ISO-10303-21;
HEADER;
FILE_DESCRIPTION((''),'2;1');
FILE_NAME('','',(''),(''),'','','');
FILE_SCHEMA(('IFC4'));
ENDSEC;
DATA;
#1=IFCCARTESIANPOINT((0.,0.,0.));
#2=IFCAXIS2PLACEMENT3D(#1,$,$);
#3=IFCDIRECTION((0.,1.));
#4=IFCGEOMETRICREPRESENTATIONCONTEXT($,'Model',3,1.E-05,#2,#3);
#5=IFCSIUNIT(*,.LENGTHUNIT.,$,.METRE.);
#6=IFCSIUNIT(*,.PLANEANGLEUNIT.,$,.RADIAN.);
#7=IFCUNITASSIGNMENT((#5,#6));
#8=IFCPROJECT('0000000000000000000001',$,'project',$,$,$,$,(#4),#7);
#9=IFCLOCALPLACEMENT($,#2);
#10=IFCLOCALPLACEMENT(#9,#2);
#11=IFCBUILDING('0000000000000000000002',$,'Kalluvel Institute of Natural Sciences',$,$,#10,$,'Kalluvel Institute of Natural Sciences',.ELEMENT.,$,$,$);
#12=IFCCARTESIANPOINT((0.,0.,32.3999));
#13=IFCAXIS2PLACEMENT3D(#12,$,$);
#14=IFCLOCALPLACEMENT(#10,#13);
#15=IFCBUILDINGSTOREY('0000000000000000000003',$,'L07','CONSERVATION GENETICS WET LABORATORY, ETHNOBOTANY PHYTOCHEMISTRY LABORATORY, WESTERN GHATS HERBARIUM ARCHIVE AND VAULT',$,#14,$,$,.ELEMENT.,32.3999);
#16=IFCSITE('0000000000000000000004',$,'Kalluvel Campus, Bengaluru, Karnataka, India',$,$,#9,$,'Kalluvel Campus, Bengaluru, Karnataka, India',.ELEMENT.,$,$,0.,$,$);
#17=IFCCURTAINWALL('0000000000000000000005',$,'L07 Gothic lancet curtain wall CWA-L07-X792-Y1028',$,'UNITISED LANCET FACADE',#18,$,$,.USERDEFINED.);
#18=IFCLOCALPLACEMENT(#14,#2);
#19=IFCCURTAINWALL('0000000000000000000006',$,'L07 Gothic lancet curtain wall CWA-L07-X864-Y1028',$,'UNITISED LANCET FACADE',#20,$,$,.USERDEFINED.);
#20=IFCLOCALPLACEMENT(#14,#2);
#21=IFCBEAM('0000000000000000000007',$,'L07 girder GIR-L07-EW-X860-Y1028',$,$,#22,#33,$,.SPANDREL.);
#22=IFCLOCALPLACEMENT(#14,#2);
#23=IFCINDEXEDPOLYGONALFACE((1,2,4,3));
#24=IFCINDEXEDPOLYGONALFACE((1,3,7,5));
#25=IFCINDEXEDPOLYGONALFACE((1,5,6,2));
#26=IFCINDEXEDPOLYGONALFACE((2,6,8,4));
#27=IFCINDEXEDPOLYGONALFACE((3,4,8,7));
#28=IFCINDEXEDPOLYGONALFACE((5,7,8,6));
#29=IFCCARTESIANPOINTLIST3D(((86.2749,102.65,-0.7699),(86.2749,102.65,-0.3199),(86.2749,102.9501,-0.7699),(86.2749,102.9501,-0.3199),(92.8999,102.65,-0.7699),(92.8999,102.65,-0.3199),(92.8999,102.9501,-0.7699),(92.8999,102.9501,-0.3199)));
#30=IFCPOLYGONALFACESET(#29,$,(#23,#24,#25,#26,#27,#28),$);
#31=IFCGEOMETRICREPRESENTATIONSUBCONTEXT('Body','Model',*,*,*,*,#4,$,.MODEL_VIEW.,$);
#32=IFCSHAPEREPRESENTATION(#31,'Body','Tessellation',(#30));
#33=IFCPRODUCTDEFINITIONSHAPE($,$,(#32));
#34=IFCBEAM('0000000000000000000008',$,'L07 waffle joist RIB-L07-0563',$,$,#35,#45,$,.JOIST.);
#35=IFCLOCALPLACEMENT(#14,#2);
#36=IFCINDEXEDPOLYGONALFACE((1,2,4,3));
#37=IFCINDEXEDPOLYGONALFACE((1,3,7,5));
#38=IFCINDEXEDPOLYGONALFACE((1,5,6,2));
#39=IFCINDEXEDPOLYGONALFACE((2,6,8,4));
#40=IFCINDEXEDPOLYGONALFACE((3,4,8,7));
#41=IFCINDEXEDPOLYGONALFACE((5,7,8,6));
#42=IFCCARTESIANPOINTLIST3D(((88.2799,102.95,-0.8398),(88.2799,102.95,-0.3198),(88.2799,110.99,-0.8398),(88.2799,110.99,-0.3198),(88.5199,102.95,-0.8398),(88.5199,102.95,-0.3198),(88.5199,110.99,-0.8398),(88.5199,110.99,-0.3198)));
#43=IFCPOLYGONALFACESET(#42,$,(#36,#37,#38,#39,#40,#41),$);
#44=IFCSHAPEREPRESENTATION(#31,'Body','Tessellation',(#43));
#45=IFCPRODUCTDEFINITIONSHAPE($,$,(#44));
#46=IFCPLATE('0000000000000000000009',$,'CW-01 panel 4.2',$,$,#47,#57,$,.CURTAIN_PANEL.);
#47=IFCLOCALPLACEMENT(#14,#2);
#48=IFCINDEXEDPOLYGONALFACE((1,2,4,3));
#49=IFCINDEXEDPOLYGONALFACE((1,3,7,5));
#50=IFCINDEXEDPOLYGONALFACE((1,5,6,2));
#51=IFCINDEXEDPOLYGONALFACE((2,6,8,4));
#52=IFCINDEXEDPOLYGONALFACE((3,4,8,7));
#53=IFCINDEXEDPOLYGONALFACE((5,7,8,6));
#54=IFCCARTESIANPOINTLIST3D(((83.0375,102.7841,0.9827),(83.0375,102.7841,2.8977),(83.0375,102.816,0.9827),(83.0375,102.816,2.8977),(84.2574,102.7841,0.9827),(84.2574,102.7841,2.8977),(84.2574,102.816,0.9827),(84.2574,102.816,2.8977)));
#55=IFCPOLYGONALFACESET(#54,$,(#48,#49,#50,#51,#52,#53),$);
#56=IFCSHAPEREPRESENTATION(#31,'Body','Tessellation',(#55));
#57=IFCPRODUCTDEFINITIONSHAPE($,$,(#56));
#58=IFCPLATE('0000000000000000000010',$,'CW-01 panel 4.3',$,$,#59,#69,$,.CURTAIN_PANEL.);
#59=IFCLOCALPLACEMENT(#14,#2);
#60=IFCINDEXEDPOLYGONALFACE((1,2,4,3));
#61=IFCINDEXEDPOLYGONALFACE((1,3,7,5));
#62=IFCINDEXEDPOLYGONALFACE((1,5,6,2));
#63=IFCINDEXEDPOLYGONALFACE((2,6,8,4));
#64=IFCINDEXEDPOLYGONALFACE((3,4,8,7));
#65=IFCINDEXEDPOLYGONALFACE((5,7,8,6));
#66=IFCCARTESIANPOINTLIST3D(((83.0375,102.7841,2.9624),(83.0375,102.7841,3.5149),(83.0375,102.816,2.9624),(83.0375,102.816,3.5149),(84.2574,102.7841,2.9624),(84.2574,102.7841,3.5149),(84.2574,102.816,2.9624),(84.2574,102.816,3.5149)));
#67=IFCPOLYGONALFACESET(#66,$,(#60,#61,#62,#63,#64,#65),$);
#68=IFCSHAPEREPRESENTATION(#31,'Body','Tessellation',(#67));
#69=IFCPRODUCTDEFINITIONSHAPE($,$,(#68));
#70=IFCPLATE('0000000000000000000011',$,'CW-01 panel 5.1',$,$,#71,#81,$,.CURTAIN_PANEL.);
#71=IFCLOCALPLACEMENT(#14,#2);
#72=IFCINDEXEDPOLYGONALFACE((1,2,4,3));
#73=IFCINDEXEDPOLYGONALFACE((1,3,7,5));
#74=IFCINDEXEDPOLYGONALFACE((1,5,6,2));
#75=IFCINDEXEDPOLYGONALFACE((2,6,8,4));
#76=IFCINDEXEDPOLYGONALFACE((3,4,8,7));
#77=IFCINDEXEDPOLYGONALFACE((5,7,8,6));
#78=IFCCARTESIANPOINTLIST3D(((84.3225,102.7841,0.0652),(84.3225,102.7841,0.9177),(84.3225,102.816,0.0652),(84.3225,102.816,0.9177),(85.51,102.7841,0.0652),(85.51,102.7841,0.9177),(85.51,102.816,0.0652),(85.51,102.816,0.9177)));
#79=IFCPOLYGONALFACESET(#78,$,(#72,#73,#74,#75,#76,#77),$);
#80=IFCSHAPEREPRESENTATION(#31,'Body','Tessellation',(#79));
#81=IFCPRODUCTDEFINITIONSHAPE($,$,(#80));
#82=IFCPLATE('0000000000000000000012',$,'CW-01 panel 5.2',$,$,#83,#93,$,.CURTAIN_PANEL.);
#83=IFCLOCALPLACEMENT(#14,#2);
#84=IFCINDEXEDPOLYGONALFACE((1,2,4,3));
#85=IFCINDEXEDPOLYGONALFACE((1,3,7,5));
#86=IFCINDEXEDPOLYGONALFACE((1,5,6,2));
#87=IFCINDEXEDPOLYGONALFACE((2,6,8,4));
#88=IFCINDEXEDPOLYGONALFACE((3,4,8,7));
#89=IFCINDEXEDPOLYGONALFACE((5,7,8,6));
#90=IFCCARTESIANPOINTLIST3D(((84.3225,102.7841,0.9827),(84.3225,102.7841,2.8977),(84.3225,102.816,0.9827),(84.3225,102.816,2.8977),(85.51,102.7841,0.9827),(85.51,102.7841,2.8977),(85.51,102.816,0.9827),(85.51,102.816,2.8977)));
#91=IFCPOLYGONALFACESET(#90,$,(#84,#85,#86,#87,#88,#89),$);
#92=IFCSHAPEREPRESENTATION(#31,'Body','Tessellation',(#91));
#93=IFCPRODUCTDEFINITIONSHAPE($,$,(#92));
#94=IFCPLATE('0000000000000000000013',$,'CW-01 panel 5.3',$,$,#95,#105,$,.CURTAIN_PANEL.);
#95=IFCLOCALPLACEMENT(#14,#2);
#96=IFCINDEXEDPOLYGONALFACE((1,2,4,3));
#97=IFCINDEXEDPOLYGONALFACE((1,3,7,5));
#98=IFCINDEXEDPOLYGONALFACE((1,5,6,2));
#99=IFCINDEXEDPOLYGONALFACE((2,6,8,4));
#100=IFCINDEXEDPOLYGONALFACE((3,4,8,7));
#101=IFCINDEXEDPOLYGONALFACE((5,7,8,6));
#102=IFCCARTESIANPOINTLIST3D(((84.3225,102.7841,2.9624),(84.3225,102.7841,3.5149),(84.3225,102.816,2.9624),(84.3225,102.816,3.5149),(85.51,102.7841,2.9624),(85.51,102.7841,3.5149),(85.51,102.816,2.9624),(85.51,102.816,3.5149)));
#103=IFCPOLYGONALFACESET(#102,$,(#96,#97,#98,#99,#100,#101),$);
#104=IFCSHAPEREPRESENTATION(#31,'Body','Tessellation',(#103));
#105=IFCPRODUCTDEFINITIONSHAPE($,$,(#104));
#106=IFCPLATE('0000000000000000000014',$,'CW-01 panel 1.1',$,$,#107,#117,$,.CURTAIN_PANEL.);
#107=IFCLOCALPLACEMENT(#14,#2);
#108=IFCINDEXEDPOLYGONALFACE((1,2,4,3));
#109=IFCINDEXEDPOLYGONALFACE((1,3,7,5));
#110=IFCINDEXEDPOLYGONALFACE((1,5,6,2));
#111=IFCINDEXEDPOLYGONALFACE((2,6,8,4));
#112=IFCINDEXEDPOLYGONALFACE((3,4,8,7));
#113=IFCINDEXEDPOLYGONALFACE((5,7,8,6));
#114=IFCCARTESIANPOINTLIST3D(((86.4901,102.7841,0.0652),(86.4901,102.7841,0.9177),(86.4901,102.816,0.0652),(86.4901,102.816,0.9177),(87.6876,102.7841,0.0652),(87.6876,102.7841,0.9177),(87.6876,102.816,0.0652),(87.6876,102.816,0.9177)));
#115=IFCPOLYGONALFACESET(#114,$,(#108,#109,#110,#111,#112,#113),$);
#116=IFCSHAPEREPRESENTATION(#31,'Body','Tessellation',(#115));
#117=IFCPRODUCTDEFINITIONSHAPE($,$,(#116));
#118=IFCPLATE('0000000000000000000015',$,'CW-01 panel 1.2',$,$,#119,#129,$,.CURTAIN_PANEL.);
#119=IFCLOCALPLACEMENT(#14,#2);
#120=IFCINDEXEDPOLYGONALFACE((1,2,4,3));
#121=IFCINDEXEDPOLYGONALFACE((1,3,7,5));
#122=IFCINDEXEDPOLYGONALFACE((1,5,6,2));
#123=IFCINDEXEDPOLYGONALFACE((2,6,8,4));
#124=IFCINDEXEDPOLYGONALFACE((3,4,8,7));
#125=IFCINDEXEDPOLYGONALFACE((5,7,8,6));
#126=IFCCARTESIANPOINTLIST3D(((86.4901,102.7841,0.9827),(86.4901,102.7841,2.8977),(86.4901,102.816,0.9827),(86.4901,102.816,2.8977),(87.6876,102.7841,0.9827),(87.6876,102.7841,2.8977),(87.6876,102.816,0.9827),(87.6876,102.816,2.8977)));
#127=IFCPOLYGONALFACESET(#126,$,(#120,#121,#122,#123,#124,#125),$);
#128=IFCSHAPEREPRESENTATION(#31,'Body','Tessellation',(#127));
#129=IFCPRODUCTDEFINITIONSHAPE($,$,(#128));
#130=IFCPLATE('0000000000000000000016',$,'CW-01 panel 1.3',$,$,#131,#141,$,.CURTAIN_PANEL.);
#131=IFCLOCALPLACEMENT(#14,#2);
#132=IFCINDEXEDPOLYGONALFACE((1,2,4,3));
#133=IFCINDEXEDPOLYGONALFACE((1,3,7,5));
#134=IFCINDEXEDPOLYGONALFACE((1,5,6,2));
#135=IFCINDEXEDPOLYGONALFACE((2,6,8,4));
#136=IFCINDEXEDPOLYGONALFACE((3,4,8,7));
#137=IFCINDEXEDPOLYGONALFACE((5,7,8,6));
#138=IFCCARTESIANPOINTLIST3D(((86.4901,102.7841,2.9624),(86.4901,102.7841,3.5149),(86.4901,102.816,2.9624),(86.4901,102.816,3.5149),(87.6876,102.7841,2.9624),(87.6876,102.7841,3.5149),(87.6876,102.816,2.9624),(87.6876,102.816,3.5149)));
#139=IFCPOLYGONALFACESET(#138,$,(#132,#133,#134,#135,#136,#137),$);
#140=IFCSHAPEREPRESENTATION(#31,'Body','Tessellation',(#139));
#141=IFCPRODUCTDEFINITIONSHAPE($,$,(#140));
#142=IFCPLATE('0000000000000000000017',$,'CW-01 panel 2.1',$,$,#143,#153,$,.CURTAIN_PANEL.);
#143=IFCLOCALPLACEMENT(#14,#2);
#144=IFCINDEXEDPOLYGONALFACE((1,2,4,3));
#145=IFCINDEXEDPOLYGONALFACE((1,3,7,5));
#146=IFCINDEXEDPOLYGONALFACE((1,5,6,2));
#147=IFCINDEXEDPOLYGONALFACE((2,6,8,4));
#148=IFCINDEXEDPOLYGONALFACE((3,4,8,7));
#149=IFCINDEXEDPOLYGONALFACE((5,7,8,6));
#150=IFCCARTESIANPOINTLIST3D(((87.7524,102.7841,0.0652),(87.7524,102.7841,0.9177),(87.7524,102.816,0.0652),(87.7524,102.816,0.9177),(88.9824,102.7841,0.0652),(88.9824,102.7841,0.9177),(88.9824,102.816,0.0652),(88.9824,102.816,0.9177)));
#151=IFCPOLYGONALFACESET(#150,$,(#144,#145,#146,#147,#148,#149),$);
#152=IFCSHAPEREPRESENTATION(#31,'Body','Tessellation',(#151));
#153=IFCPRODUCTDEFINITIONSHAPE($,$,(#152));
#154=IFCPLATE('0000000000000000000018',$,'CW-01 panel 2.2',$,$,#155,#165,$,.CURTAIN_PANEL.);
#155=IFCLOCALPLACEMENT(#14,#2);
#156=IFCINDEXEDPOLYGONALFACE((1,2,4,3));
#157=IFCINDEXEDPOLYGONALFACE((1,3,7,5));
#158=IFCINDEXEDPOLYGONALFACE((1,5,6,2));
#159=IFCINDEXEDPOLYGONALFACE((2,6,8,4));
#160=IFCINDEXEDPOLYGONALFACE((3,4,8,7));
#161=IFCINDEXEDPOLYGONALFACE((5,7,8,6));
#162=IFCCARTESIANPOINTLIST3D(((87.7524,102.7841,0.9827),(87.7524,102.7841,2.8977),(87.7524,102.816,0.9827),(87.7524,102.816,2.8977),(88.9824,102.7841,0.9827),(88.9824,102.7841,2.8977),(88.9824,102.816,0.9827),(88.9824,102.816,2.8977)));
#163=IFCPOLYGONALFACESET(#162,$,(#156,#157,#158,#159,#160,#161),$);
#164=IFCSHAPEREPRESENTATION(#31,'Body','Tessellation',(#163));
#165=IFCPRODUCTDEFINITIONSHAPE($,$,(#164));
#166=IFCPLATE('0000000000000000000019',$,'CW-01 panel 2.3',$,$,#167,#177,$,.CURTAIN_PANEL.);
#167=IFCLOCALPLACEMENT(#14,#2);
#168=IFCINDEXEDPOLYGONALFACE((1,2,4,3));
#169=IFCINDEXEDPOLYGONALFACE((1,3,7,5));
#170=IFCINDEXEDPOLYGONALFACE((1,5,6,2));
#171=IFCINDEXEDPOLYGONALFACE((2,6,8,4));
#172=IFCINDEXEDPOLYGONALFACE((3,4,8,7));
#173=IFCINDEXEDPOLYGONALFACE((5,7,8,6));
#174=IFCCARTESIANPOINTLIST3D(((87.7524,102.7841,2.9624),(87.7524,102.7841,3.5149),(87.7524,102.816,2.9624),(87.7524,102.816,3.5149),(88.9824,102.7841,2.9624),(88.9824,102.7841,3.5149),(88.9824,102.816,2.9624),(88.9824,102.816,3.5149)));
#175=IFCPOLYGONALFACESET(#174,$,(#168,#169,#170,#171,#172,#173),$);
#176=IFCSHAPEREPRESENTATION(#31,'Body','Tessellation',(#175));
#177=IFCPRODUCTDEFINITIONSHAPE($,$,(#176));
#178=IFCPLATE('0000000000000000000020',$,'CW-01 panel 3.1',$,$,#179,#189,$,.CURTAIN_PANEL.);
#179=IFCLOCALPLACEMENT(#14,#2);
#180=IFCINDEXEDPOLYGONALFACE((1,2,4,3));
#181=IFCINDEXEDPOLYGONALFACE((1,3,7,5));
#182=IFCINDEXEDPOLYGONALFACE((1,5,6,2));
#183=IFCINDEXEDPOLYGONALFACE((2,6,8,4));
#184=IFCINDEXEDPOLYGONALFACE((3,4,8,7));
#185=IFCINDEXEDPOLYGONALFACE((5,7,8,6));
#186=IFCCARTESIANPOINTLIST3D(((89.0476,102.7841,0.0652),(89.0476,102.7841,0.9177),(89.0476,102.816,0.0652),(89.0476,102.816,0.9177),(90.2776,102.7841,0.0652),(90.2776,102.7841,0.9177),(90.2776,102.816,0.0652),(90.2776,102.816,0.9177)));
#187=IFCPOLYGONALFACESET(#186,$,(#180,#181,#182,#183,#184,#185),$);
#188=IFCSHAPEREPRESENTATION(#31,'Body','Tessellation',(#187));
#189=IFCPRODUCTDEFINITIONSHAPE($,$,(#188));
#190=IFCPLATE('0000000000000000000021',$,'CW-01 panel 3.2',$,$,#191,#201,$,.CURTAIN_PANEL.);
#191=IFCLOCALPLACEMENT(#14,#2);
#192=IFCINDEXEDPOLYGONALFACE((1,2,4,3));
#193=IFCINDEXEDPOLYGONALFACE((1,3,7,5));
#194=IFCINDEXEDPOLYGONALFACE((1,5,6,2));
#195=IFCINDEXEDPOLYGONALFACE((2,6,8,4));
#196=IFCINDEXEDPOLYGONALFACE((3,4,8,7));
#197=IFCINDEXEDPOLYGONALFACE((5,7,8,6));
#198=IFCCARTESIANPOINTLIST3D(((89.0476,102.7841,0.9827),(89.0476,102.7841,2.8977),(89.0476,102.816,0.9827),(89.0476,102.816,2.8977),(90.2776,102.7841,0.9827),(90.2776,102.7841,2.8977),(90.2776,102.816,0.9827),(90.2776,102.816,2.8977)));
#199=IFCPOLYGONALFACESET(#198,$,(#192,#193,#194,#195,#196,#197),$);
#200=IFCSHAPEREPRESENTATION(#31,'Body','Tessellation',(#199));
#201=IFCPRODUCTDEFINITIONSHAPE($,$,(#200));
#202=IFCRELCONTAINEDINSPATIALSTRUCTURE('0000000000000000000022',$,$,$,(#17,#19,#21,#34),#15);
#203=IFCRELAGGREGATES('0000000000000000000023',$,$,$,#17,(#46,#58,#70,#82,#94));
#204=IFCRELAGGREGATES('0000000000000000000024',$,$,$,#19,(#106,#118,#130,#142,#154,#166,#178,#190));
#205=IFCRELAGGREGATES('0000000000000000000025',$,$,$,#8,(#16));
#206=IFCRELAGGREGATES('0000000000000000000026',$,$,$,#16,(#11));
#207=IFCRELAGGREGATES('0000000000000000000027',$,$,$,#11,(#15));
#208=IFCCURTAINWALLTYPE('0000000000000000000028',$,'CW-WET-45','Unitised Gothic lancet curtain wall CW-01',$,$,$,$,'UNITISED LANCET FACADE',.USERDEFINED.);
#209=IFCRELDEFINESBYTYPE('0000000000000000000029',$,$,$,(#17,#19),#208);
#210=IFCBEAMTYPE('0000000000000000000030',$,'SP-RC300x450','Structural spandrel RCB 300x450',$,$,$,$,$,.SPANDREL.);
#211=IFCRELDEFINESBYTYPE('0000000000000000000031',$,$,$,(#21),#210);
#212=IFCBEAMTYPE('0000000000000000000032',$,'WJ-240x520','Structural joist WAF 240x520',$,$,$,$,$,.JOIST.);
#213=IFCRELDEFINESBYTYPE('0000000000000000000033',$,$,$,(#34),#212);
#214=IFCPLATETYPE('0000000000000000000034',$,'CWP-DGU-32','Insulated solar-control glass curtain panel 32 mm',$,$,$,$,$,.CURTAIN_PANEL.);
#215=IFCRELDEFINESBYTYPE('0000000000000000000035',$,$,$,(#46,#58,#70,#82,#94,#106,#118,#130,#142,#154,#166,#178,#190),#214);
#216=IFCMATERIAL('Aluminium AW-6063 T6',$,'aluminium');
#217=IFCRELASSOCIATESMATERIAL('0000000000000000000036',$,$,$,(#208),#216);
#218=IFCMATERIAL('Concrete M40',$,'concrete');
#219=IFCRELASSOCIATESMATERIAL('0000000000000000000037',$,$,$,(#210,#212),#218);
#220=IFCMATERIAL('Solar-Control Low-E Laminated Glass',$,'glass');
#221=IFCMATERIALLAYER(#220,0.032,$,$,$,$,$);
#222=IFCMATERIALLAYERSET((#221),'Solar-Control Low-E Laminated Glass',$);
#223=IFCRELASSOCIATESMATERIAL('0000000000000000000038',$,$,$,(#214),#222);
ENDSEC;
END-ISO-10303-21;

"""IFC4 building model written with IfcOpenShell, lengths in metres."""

from ifc_helpers import new_model, si_unit, direction, frame, origin, origin_2d, place, context, subcontext, project, spatial, rectangle, extrude, material, layer, layer_set, material_profile, profile_set, type_object, element, aggregate, save


model = new_model("IFC4")

# Units and contexts
model_context = context("Model", 3, precision=1e-05, world=origin(), true_north=direction((0.0, 1.0)))
body_context = subcontext(model_context, "Body", "Model", "MODEL_VIEW")
ifc_project = project(units=[si_unit("LENGTHUNIT", "METRE"), si_unit("PLANEANGLEUNIT", "RADIAN")], contexts=[model_context])

# Site, building, storey
site_placement = place(None, origin())
site = spatial("IfcSite", under=ifc_project, at=site_placement, Name="Kalluvel Campus, Bengaluru, Karnataka, India", LongName="Kalluvel Campus, Bengaluru, Karnataka, India", CompositionType="ELEMENT", RefElevation=0.0)
building_placement = place(site_placement, origin())
building = spatial("IfcBuilding", under=site, at=building_placement, Name="Kalluvel Institute of Natural Sciences", LongName="Kalluvel Institute of Natural Sciences", CompositionType="ELEMENT")
storey_placement = place(building_placement, frame((0.0, 0.0, 32.3999)))
storey = spatial("IfcBuildingStorey", under=building, at=storey_placement, Name="L07", Description="CONSERVATION GENETICS WET LABORATORY, ETHNOBOTANY PHYTOCHEMISTRY LABORATORY, WESTERN GHATS HERBARIUM ARCHIVE AND VAULT", CompositionType="ELEMENT", Elevation=32.3999)

# Shared definitions
ifc_material_1 = material(Name="Concrete M40", Category="concrete")

# Curtain walls
ifc_material_2 = material(Name="Aluminium AW-6063 T6", Category="aluminium")
curtain_wall_type = type_object("IfcCurtainWallType", Name="CW-WET-45", Description="Unitised Gothic lancet curtain wall CW-01", ElementType="UNITISED LANCET FACADE", PredefinedType="USERDEFINED", material=ifc_material_2)
curtain_wall_1_placement = place(storey_placement, origin())
curtain_wall_1 = element("IfcCurtainWall", 1, at=curtain_wall_1_placement, inside=storey, type_object=curtain_wall_type, Name="L07 Gothic lancet curtain wall CWA-L07-X792-Y1028", ObjectType="UNITISED LANCET FACADE", PredefinedType="USERDEFINED")
curtain_wall_2_placement = place(storey_placement, origin())
curtain_wall_2 = element("IfcCurtainWall", 2, at=curtain_wall_2_placement, inside=storey, type_object=curtain_wall_type, Name="L07 Gothic lancet curtain wall CWA-L07-X864-Y1028", ObjectType="UNITISED LANCET FACADE", PredefinedType="USERDEFINED")

# Beams
ifc_material_profile_1 = material_profile(ifc_material_1, rectangle(XDim=0.3, YDim=0.45, at=origin_2d()), Name="RCB 300x450")
ifc_profile_set_1 = profile_set([ifc_material_profile_1], Name="Concrete M40")
beam_type_1 = type_object("IfcBeamType", Name="SP-RC300x450", Description="Structural spandrel RCB 300x450", PredefinedType="SPANDREL", material=ifc_profile_set_1)
beam_1_placement = place(storey_placement, frame((86.2749, 102.8, -0.5449), z_axis=(1.0, 0.0, 0.0), x_axis=(0.0, 1.0, 0.0)))
element("IfcBeam", 3, at=beam_1_placement, inside=storey, type_object=beam_type_1, Name="L07 girder GIR-L07-EW-X860-Y1028", PredefinedType="SPANDREL", context=body_context, shape_type="SweptSolid", body=[
    extrude(rectangle(XDim=0.3, YDim=0.45, at=origin_2d()), origin(), (0.0, 0.0, 1.0), 6.625),
])
ifc_material_profile_2 = material_profile(ifc_material_1, rectangle(XDim=0.24, YDim=0.52, at=origin_2d()), Name="WAF 240x520")
ifc_profile_set_2 = profile_set([ifc_material_profile_2], Name="Concrete M40")
beam_type_2 = type_object("IfcBeamType", Name="WJ-240x520", Description="Structural joist WAF 240x520", PredefinedType="JOIST", material=ifc_profile_set_2)
beam_2_placement = place(storey_placement, frame((88.3999, 102.95, -0.5798), z_axis=(0.0, 1.0, 0.0), x_axis=(-1.0, 0.0, 0.0)))
element("IfcBeam", 4, at=beam_2_placement, inside=storey, type_object=beam_type_2, Name="L07 waffle joist RIB-L07-0563", PredefinedType="JOIST", context=body_context, shape_type="SweptSolid", body=[
    extrude(rectangle(XDim=0.24, YDim=0.52, at=origin_2d()), origin(), (0.0, 0.0, 1.0), 8.04),
])

# Plates
ifc_material_3 = material(Name="Solar-Control Low-E Laminated Glass", Category="glass")
ifc_layer_1 = layer(ifc_material_3, 0.032)
ifc_layer_set_1 = layer_set([ifc_layer_1], Name="Solar-Control Low-E Laminated Glass")
plate_type = type_object("IfcPlateType", Name="CWP-DGU-32", Description="Insulated solar-control glass curtain panel 32 mm", PredefinedType="CURTAIN_PANEL", material=ifc_layer_set_1)
plate_1_placement = place(storey_placement, frame((83.6475, 102.8, 0.9827), z_axis=(0.0, 0.0, 1.0), x_axis=(1.0, 0.0, 0.0)))
plate_1 = element("IfcPlate", 5, at=plate_1_placement, type_object=plate_type, Name="CW-01 panel 4.2", PredefinedType="CURTAIN_PANEL", context=body_context, shape_type="SweptSolid", body=[
    extrude(rectangle(XDim=1.22, YDim=0.032, at=origin_2d()), origin(), (0.0, 0.0, 1.0), 1.915),
])
plate_2_placement = place(storey_placement, frame((83.6475, 102.8, 2.9624), z_axis=(0.0, 0.0, 1.0), x_axis=(1.0, 0.0, 0.0)))
plate_2 = element("IfcPlate", 6, at=plate_2_placement, type_object=plate_type, Name="CW-01 panel 4.3", PredefinedType="CURTAIN_PANEL", context=body_context, shape_type="SweptSolid", body=[
    extrude(rectangle(XDim=1.22, YDim=0.032, at=origin_2d()), origin(), (0.0, 0.0, 1.0), 0.5525),
])
plate_3_placement = place(storey_placement, frame((84.9163, 102.8, 0.0652), z_axis=(0.0, 0.0, 1.0), x_axis=(1.0, 0.0, 0.0)))
plate_3 = element("IfcPlate", 7, at=plate_3_placement, type_object=plate_type, Name="CW-01 panel 5.1", PredefinedType="CURTAIN_PANEL", context=body_context, shape_type="SweptSolid", body=[
    extrude(rectangle(XDim=1.1875, YDim=0.032, at=origin_2d()), origin(), (0.0, 0.0, 1.0), 0.8525),
])
plate_4_placement = place(storey_placement, frame((84.9163, 102.8, 0.9827), z_axis=(0.0, 0.0, 1.0), x_axis=(1.0, 0.0, 0.0)))
plate_4 = element("IfcPlate", 8, at=plate_4_placement, type_object=plate_type, Name="CW-01 panel 5.2", PredefinedType="CURTAIN_PANEL", context=body_context, shape_type="SweptSolid", body=[
    extrude(rectangle(XDim=1.1875, YDim=0.032, at=origin_2d()), origin(), (0.0, 0.0, 1.0), 1.915),
])
plate_5_placement = place(storey_placement, frame((84.9163, 102.8, 2.9624), z_axis=(0.0, 0.0, 1.0), x_axis=(1.0, 0.0, 0.0)))
plate_5 = element("IfcPlate", 9, at=plate_5_placement, type_object=plate_type, Name="CW-01 panel 5.3", PredefinedType="CURTAIN_PANEL", context=body_context, shape_type="SweptSolid", body=[
    extrude(rectangle(XDim=1.1875, YDim=0.032, at=origin_2d()), origin(), (0.0, 0.0, 1.0), 0.5525),
])
aggregate(curtain_wall_1, [plate_1, plate_2, plate_3, plate_4, plate_5])
plate_6_placement = place(storey_placement, frame((87.0889, 102.8, 0.0652), z_axis=(0.0, 0.0, 1.0), x_axis=(1.0, 0.0, 0.0)))
plate_6 = element("IfcPlate", 10, at=plate_6_placement, type_object=plate_type, Name="CW-01 panel 1.1", PredefinedType="CURTAIN_PANEL", context=body_context, shape_type="SweptSolid", body=[
    extrude(rectangle(XDim=1.1975, YDim=0.032, at=origin_2d()), origin(), (0.0, 0.0, 1.0), 0.8525),
])
plate_7_placement = place(storey_placement, frame((87.0889, 102.8, 0.9827), z_axis=(0.0, 0.0, 1.0), x_axis=(1.0, 0.0, 0.0)))
plate_7 = element("IfcPlate", 11, at=plate_7_placement, type_object=plate_type, Name="CW-01 panel 1.2", PredefinedType="CURTAIN_PANEL", context=body_context, shape_type="SweptSolid", body=[
    extrude(rectangle(XDim=1.1975, YDim=0.032, at=origin_2d()), origin(), (0.0, 0.0, 1.0), 1.915),
])
plate_8_placement = place(storey_placement, frame((87.0889, 102.8, 2.9624), z_axis=(0.0, 0.0, 1.0), x_axis=(1.0, 0.0, 0.0)))
plate_8 = element("IfcPlate", 12, at=plate_8_placement, type_object=plate_type, Name="CW-01 panel 1.3", PredefinedType="CURTAIN_PANEL", context=body_context, shape_type="SweptSolid", body=[
    extrude(rectangle(XDim=1.1975, YDim=0.032, at=origin_2d()), origin(), (0.0, 0.0, 1.0), 0.5525),
])
plate_9_placement = place(storey_placement, frame((88.3674, 102.8, 0.0652), z_axis=(0.0, 0.0, 1.0), x_axis=(1.0, 0.0, 0.0)))
plate_9 = element("IfcPlate", 13, at=plate_9_placement, type_object=plate_type, Name="CW-01 panel 2.1", PredefinedType="CURTAIN_PANEL", context=body_context, shape_type="SweptSolid", body=[
    extrude(rectangle(XDim=1.23, YDim=0.032, at=origin_2d()), origin(), (0.0, 0.0, 1.0), 0.8525),
])
plate_10_placement = place(storey_placement, frame((88.3674, 102.8, 0.9827), z_axis=(0.0, 0.0, 1.0), x_axis=(1.0, 0.0, 0.0)))
plate_10 = element("IfcPlate", 14, at=plate_10_placement, type_object=plate_type, Name="CW-01 panel 2.2", PredefinedType="CURTAIN_PANEL", context=body_context, shape_type="SweptSolid", body=[
    extrude(rectangle(XDim=1.23, YDim=0.032, at=origin_2d()), origin(), (0.0, 0.0, 1.0), 1.915),
])
plate_11_placement = place(storey_placement, frame((88.3674, 102.8, 2.9624), z_axis=(0.0, 0.0, 1.0), x_axis=(1.0, 0.0, 0.0)))
plate_11 = element("IfcPlate", 15, at=plate_11_placement, type_object=plate_type, Name="CW-01 panel 2.3", PredefinedType="CURTAIN_PANEL", context=body_context, shape_type="SweptSolid", body=[
    extrude(rectangle(XDim=1.23, YDim=0.032, at=origin_2d()), origin(), (0.0, 0.0, 1.0), 0.5525),
])
plate_12_placement = place(storey_placement, frame((89.6626, 102.8, 0.0652), z_axis=(0.0, 0.0, 1.0), x_axis=(1.0, 0.0, 0.0)))
plate_12 = element("IfcPlate", 16, at=plate_12_placement, type_object=plate_type, Name="CW-01 panel 3.1", PredefinedType="CURTAIN_PANEL", context=body_context, shape_type="SweptSolid", body=[
    extrude(rectangle(XDim=1.23, YDim=0.032, at=origin_2d()), origin(), (0.0, 0.0, 1.0), 0.8525),
])
plate_13_placement = place(storey_placement, frame((89.6626, 102.8, 0.9827), z_axis=(0.0, 0.0, 1.0), x_axis=(1.0, 0.0, 0.0)))
plate_13 = element("IfcPlate", 17, at=plate_13_placement, type_object=plate_type, Name="CW-01 panel 3.2", PredefinedType="CURTAIN_PANEL", context=body_context, shape_type="SweptSolid", body=[
    extrude(rectangle(XDim=1.23, YDim=0.032, at=origin_2d()), origin(), (0.0, 0.0, 1.0), 1.915),
])
aggregate(curtain_wall_2, [plate_6, plate_7, plate_8, plate_9, plate_10, plate_11, plate_12, plate_13])

save(model, "model.ifc")
